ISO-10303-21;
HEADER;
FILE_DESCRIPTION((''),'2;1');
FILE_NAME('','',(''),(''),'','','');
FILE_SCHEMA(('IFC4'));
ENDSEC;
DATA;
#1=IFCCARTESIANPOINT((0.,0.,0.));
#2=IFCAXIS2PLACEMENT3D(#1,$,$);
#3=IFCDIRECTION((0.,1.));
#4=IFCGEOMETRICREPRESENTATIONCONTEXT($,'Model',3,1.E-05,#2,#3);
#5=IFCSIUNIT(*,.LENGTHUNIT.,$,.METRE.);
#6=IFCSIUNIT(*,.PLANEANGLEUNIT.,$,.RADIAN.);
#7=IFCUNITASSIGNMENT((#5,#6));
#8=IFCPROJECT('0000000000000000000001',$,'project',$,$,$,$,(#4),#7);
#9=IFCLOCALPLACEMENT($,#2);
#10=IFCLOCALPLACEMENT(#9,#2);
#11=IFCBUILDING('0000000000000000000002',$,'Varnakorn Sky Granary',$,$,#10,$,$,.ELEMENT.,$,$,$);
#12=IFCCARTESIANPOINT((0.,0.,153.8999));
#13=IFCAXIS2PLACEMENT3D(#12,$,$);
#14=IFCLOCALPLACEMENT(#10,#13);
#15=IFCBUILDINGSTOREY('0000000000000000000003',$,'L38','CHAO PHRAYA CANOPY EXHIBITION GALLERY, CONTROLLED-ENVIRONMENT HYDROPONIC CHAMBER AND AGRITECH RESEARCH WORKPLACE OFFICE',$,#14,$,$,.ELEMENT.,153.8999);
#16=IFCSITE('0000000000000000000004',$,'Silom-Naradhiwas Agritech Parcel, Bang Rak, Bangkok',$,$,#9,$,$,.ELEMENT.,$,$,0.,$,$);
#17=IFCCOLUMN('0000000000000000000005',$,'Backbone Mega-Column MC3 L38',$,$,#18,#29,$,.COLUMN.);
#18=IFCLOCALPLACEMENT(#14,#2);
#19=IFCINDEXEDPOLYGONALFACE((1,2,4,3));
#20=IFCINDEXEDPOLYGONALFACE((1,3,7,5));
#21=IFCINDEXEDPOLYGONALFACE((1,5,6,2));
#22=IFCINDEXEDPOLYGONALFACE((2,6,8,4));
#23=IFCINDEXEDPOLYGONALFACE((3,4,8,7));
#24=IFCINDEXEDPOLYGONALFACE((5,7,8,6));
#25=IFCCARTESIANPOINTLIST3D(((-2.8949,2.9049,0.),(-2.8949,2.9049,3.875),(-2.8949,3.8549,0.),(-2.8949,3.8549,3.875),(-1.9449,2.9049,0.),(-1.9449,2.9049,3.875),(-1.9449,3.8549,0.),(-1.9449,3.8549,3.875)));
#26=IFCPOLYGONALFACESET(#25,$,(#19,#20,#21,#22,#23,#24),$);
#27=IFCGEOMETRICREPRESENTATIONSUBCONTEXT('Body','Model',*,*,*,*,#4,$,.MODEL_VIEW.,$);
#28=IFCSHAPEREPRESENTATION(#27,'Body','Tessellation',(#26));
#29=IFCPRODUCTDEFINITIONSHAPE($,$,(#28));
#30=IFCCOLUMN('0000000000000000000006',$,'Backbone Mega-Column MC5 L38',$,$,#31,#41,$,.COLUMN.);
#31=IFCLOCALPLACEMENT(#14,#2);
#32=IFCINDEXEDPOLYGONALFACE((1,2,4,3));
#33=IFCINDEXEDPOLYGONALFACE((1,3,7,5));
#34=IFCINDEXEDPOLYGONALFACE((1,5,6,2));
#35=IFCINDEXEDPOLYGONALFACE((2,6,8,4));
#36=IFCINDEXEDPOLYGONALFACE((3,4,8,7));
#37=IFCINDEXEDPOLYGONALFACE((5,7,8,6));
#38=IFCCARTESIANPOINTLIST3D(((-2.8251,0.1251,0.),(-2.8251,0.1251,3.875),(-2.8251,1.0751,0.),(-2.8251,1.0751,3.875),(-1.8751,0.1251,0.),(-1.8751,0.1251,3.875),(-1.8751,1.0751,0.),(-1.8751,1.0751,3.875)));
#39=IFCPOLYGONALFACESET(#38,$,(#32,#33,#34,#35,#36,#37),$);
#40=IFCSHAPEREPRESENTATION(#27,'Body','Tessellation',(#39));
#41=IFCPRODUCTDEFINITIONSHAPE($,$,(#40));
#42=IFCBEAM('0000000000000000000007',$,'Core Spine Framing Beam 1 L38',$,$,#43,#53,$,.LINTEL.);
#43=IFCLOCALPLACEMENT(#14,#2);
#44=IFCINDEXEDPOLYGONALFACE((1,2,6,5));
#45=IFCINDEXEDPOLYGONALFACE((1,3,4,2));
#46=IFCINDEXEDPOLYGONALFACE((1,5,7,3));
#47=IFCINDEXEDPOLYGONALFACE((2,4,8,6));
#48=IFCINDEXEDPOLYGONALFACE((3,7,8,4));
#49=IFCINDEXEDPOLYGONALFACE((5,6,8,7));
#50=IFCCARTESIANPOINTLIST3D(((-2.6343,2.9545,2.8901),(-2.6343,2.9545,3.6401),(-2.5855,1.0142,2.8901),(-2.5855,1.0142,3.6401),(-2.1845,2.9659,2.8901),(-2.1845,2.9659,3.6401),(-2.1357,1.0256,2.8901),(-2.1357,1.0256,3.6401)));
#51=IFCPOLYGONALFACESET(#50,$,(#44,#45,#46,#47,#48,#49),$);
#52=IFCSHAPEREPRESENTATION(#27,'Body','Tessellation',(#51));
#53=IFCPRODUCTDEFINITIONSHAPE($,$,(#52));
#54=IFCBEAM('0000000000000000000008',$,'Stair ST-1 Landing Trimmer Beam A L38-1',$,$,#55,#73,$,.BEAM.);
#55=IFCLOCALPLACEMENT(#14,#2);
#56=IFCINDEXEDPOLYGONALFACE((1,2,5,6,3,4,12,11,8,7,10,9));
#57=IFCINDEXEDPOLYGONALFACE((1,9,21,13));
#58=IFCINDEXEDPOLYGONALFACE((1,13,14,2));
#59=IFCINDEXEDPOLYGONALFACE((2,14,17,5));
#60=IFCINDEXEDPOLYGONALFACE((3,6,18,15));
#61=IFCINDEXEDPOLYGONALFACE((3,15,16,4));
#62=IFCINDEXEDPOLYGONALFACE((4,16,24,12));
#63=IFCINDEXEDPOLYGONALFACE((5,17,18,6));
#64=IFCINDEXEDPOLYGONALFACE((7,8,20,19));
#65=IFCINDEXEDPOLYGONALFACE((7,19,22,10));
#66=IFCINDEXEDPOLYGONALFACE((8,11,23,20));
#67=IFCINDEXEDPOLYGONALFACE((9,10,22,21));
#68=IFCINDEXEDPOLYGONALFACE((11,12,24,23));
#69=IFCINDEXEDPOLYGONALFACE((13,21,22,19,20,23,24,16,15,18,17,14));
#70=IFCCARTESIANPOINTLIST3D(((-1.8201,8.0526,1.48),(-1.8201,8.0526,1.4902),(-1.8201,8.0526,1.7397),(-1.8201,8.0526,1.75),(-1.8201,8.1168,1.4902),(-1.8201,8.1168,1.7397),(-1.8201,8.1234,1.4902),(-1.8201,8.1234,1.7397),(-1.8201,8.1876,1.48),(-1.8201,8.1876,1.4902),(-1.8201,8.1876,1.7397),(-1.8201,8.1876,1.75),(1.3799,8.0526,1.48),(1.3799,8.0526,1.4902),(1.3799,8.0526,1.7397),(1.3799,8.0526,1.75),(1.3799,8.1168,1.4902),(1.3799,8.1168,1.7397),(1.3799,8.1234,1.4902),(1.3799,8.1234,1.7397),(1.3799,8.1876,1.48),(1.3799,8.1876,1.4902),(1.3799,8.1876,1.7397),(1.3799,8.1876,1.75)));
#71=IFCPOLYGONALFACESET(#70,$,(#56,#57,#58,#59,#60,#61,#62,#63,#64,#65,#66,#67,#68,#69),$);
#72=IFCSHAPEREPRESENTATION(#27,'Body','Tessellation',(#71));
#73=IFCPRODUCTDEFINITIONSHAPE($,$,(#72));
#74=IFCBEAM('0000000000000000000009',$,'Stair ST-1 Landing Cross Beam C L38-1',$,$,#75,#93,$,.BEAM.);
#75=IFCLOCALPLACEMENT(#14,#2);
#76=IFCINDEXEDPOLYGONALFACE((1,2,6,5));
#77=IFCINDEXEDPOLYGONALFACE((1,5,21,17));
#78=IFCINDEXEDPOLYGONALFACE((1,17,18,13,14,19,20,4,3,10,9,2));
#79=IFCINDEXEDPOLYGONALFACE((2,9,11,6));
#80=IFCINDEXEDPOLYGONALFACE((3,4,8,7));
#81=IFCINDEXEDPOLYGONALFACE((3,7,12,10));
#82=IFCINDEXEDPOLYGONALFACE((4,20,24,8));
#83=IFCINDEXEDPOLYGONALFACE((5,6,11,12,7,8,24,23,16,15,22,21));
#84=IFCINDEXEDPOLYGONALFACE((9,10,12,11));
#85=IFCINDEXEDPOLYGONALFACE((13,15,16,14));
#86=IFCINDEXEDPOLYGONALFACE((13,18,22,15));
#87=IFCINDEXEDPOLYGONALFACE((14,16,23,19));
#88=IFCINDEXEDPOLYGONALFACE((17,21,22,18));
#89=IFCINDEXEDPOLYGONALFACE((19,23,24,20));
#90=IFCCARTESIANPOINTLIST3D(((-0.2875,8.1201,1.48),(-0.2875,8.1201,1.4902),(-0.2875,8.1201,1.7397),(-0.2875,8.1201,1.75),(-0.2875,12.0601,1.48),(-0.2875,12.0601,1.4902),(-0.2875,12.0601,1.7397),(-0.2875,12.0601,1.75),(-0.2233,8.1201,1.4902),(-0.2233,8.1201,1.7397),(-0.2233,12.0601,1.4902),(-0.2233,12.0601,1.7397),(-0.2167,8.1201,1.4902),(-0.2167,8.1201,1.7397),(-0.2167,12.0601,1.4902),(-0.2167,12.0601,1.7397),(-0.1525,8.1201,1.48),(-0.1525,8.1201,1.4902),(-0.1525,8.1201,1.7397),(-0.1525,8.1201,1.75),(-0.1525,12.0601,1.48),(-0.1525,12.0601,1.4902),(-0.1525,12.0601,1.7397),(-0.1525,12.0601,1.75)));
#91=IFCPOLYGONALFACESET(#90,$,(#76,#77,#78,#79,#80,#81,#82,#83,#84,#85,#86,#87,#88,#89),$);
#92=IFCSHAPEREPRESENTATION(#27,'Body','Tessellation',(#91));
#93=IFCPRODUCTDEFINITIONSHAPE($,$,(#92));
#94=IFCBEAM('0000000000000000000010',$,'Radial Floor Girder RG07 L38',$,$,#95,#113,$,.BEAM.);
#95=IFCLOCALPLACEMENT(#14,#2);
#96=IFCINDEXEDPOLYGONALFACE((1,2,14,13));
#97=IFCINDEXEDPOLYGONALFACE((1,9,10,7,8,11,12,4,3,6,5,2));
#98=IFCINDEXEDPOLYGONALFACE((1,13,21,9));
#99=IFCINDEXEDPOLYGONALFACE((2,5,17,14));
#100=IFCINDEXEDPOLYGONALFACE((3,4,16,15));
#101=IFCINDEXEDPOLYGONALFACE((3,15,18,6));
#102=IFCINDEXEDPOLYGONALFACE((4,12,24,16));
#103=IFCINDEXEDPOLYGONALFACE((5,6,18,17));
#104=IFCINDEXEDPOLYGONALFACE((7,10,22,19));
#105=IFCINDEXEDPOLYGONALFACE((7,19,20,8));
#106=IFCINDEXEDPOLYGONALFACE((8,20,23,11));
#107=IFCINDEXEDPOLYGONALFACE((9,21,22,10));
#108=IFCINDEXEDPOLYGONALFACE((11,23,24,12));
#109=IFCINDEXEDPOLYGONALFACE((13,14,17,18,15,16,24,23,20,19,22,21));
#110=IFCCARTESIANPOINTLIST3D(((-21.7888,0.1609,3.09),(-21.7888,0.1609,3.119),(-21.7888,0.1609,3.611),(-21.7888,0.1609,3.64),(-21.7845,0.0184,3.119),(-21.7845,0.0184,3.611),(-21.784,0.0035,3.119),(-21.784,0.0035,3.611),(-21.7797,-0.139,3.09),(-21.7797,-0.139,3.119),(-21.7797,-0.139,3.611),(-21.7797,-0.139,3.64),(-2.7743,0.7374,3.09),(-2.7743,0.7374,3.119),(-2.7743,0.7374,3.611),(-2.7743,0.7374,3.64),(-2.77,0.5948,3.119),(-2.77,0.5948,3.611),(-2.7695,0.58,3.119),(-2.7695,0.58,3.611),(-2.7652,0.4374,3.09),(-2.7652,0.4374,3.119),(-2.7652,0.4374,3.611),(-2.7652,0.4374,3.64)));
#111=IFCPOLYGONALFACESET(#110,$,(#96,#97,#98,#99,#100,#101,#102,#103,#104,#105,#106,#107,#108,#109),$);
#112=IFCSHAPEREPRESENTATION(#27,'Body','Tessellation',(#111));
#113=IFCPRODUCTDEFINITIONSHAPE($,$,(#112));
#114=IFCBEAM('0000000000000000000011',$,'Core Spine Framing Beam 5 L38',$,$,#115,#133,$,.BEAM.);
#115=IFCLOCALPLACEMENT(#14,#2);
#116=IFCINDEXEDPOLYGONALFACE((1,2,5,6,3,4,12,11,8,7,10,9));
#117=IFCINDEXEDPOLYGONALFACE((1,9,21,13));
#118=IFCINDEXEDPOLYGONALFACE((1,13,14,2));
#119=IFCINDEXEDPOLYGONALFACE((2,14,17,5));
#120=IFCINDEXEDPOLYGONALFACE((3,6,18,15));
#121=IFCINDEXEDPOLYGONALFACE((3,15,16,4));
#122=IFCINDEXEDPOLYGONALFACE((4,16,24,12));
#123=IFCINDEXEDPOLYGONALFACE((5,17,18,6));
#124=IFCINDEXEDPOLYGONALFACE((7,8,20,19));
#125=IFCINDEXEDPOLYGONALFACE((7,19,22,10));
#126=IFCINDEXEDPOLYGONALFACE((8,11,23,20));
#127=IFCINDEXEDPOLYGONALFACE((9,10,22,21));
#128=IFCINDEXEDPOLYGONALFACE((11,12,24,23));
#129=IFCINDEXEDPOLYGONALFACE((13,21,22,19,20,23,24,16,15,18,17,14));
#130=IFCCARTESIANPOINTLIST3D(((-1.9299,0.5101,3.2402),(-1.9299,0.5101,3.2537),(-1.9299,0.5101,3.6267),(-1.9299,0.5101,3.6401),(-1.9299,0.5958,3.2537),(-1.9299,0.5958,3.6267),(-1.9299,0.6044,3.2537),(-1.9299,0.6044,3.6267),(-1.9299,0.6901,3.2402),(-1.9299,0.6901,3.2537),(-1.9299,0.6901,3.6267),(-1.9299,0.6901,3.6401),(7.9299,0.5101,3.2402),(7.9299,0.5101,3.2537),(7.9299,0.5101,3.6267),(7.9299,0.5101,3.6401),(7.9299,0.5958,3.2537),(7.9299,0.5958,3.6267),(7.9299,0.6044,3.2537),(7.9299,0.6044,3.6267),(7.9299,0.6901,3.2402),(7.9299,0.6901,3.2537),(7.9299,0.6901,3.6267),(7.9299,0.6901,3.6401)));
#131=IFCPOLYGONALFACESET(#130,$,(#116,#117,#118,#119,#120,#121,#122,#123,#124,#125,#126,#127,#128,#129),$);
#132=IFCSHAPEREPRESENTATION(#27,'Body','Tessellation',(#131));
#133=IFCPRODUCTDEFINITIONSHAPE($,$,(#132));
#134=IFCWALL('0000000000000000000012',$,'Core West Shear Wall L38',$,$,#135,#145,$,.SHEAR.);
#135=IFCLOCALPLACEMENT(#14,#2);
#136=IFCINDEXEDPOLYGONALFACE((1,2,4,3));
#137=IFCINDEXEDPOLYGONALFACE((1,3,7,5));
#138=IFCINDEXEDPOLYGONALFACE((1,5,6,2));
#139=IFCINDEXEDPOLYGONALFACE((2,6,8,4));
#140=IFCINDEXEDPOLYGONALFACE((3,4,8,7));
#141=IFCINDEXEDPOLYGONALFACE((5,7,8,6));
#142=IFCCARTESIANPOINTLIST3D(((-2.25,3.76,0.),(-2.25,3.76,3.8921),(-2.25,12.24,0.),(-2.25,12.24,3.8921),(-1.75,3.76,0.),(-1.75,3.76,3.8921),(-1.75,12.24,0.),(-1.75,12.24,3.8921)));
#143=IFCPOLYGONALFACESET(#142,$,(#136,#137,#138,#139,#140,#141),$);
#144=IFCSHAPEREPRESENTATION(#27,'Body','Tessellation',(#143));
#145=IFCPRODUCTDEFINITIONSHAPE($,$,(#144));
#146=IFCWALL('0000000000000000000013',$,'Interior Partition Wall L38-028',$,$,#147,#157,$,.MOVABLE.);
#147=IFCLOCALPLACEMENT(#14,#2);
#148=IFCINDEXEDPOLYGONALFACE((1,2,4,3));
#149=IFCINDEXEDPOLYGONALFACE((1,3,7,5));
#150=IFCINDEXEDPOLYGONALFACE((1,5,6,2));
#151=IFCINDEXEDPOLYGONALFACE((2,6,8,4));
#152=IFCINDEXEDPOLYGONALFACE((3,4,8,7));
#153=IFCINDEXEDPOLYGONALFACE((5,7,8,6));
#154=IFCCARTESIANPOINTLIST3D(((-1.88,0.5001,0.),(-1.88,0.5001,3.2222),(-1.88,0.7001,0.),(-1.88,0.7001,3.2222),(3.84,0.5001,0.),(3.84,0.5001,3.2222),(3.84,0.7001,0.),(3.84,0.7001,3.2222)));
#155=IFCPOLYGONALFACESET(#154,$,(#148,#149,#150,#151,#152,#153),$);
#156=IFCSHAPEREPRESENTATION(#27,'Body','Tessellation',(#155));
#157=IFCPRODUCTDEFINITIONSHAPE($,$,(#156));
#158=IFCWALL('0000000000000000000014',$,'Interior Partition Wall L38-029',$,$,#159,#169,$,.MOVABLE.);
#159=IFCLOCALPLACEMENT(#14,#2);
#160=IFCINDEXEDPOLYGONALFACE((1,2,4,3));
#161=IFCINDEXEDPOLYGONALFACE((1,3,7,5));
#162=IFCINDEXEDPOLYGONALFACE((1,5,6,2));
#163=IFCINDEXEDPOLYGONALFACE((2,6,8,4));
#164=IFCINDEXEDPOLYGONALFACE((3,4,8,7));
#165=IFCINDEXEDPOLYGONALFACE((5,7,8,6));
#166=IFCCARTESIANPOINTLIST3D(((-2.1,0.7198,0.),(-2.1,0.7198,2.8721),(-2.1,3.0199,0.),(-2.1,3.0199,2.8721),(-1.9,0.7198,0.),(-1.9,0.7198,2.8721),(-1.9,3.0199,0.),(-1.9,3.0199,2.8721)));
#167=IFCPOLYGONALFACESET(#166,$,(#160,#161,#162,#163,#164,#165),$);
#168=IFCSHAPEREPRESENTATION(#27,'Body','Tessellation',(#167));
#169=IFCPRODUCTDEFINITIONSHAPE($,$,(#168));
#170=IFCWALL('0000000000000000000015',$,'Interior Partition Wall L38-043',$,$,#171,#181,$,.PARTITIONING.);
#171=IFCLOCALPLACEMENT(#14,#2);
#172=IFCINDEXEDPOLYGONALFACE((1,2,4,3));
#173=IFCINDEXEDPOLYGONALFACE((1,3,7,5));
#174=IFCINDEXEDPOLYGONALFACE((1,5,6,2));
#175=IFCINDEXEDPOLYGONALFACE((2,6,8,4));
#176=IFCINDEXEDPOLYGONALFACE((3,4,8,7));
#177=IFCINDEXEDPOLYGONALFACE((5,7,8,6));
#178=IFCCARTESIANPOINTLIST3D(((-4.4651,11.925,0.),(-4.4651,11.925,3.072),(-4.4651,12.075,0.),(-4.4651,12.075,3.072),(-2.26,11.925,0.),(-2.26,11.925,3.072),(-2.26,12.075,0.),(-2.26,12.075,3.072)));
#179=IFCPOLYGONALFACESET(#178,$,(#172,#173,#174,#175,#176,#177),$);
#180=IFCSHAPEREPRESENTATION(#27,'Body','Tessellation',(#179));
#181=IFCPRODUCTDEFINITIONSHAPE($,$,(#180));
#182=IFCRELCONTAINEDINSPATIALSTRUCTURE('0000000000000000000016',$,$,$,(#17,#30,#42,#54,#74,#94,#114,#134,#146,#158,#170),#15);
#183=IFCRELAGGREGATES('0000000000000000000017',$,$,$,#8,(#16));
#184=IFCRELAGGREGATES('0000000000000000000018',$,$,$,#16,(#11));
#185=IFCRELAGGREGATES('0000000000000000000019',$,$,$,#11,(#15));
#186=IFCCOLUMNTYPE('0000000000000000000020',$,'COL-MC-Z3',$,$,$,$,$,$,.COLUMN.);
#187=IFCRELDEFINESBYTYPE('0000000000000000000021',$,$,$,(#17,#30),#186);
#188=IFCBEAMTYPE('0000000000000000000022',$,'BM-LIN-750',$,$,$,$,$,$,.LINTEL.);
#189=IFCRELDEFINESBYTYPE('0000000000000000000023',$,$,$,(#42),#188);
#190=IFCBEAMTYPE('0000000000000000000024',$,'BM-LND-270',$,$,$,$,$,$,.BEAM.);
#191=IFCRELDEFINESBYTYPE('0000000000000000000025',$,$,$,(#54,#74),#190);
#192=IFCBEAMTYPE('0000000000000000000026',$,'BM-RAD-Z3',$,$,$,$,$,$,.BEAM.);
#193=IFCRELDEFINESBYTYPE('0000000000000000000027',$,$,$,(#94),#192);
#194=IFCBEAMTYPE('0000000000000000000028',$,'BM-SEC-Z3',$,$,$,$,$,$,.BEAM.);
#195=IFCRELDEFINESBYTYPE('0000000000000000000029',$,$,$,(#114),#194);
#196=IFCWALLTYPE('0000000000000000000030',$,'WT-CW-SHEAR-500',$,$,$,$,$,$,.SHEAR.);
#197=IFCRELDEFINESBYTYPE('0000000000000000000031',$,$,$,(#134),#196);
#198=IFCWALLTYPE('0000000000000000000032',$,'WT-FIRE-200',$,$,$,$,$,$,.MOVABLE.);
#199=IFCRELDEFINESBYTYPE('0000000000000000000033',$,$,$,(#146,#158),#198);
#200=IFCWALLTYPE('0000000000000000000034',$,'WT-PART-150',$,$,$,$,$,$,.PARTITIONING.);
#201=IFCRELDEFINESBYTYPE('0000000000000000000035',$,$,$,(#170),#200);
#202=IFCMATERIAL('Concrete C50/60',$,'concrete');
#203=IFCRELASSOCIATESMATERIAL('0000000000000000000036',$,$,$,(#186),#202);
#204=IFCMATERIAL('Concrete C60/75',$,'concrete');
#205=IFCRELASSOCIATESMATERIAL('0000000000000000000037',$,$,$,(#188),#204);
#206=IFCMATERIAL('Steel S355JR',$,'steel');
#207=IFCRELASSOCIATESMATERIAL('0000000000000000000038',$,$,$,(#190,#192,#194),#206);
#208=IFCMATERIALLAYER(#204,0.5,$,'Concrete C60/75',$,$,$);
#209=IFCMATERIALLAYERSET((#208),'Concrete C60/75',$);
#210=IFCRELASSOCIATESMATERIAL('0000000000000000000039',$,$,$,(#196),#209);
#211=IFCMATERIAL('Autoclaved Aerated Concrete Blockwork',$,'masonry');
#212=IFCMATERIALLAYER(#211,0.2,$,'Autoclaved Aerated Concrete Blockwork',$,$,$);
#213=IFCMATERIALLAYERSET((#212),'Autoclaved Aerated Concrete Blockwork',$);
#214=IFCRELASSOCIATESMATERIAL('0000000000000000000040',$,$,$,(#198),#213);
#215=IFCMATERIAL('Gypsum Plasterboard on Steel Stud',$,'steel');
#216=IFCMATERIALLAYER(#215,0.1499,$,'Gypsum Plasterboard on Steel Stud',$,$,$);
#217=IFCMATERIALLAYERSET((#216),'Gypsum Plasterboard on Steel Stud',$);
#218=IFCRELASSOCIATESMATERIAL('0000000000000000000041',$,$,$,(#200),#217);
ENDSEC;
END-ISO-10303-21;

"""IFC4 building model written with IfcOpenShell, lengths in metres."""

from ifc_helpers import new_model, si_unit, direction, frame, frame_2d, origin, origin_2d, place, context, subcontext, project, spatial, rectangle, i_section, extrude, material, layer, layer_set, material_profile, profile_set, type_object, element, save


model = new_model("IFC4")

# Units and contexts
model_context = context("Model", 3, precision=1e-05, world=origin(), true_north=direction((0.0, 1.0)))
body_context = subcontext(model_context, "Body", "Model", "MODEL_VIEW")
ifc_project = project(units=[si_unit("LENGTHUNIT", "METRE"), si_unit("PLANEANGLEUNIT", "RADIAN")], contexts=[model_context])

# Site, building, storey
site_placement = place(None, origin())
site = spatial("IfcSite", under=ifc_project, at=site_placement, Name="Silom-Naradhiwas Agritech Parcel, Bang Rak, Bangkok", CompositionType="ELEMENT", RefElevation=0.0)
building_placement = place(site_placement, origin())
building = spatial("IfcBuilding", under=site, at=building_placement, Name="Varnakorn Sky Granary", CompositionType="ELEMENT")
storey_placement = place(building_placement, frame((0.0, 0.0, 153.8999)))
storey = spatial("IfcBuildingStorey", under=building, at=storey_placement, Name="L38", Description="CHAO PHRAYA CANOPY EXHIBITION GALLERY, CONTROLLED-ENVIRONMENT HYDROPONIC CHAMBER AND AGRITECH RESEARCH WORKPLACE OFFICE", CompositionType="ELEMENT", Elevation=153.8999)

# Columns
ifc_material_1 = material(Name="Concrete C50/60", Category="concrete")
ifc_material_profile_1 = material_profile(ifc_material_1, rectangle(XDim=0.95, YDim=0.95, at=origin_2d()), Name="RC 950x950")
ifc_profile_set_1 = profile_set([ifc_material_profile_1], Name="Concrete C50/60")
column_type = type_object("IfcColumnType", Name="COL-MC-Z3", PredefinedType="COLUMN", material=ifc_profile_set_1)
for number, where, z_axis, x_axis, name in (
    (1, (-2.4199, 3.3799, 0.0), (0.0, 0.0, 1.0), (1.0, 0.0, 0.0), "Backbone Mega-Column MC3 L38"),
    (2, (-2.3501, 0.6001, 0.0), (0.0, 0.0, 1.0), (1.0, 0.0, 0.0), "Backbone Mega-Column MC5 L38"),
):
    element("IfcColumn", number, at=place(storey_placement, frame(where, z_axis=z_axis, x_axis=x_axis)), inside=storey, type_object=column_type, Name=name, PredefinedType="COLUMN", context=body_context, shape_type="SweptSolid", body=[
        extrude(rectangle(XDim=0.95, YDim=0.95, at=origin_2d()), origin(), (0.0, 0.0, 1.0), 3.875),
    ])

# Beams
ifc_material_2 = material(Name="Concrete C60/75", Category="concrete")
ifc_material_profile_2 = material_profile(ifc_material_2, rectangle(XDim=0.45, YDim=0.75, at=origin_2d()), Name="RC 450x750")
ifc_profile_set_2 = profile_set([ifc_material_profile_2], Name="Concrete C60/75")
beam_type_1 = type_object("IfcBeamType", Name="BM-LIN-750", PredefinedType="LINTEL", material=ifc_profile_set_2)
beam_1_placement = place(storey_placement, frame((-2.4094, 2.9602, 3.2651), z_axis=(0.025159, -0.999683, 0.0), x_axis=(0.999683, 0.025159, 0.0)))
element("IfcBeam", 3, at=beam_1_placement, inside=storey, type_object=beam_type_1, Name="Core Spine Framing Beam 1 L38", PredefinedType="LINTEL", context=body_context, shape_type="SweptSolid", body=[
    extrude(rectangle(XDim=0.45, YDim=0.75, at=origin_2d()), origin(), (0.0, 0.0, 1.0), 1.9409),
])
ifc_material_3 = material(Name="Steel S355JR", Category="steel")
ifc_material_profile_3 = material_profile(ifc_material_3, i_section(OverallWidth=0.135, OverallDepth=0.27, WebThickness=0.0066, FlangeThickness=0.0103, at=origin_2d()), Name="IPE 270")
ifc_profile_set_3 = profile_set([ifc_material_profile_3], Name="Steel S355JR")
beam_type_2 = type_object("IfcBeamType", Name="BM-LND-270", PredefinedType="BEAM", material=ifc_profile_set_3)
beam_2_placement = place(storey_placement, frame((-1.8201, 8.1201, 1.615), z_axis=(1.0, 0.0, 0.0), x_axis=(0.0, 1.0, 0.0)))
element("IfcBeam", 4, at=beam_2_placement, inside=storey, type_object=beam_type_2, Name="Stair ST-1 Landing Trimmer Beam A L38-1", PredefinedType="BEAM", context=body_context, shape_type="SweptSolid", body=[
    extrude(i_section(OverallWidth=0.135, OverallDepth=0.27, WebThickness=0.0066, FlangeThickness=0.0103, at=origin_2d()), origin(), (0.0, 0.0, 1.0), 3.2),
])
beam_3_placement = place(storey_placement, frame((-0.22, 8.1201, 1.615), z_axis=(0.0, 1.0, 0.0), x_axis=(-1.0, 0.0, 0.0)))
element("IfcBeam", 5, at=beam_3_placement, inside=storey, type_object=beam_type_2, Name="Stair ST-1 Landing Cross Beam C L38-1", PredefinedType="BEAM", context=body_context, shape_type="SweptSolid", body=[
    extrude(i_section(OverallWidth=0.135, OverallDepth=0.27, WebThickness=0.0066, FlangeThickness=0.0103, at=origin_2d()), origin(), (0.0, 0.0, 1.0), 3.9399),
])
ifc_material_profile_4 = material_profile(ifc_material_3, i_section(OverallWidth=0.3, OverallDepth=0.55, WebThickness=0.0149, FlangeThickness=0.0291, at=origin_2d()), Name="HE 550 B")
ifc_profile_set_4 = profile_set([ifc_material_profile_4], Name="Steel S355JR")
beam_type_3 = type_object("IfcBeamType", Name="BM-RAD-Z3", PredefinedType="BEAM", material=ifc_profile_set_4)
beam_4_placement = place(storey_placement, frame((-2.7698, 0.5874, 3.365), z_axis=(-0.999541, -0.030301, 0.0), x_axis=(0.030301, -0.999541, 0.0)))
element("IfcBeam", 6, at=beam_4_placement, inside=storey, type_object=beam_type_3, Name="Radial Floor Girder RG07 L38", PredefinedType="BEAM", context=body_context, shape_type="SweptSolid", body=[
    extrude(i_section(OverallWidth=0.3, OverallDepth=0.55, WebThickness=0.0149, FlangeThickness=0.0291, at=origin_2d()), origin(), (0.0, 0.0, 1.0), 19.0232),
])
ifc_material_profile_5 = material_profile(ifc_material_3, i_section(OverallWidth=0.1799, OverallDepth=0.3999, WebThickness=0.0085, FlangeThickness=0.0134, at=origin_2d()), Name="IPE 400")
ifc_profile_set_5 = profile_set([ifc_material_profile_5], Name="Steel S355JR")
beam_type_4 = type_object("IfcBeamType", Name="BM-SEC-Z3", PredefinedType="BEAM", material=ifc_profile_set_5)
beam_5_placement = place(storey_placement, frame((-1.9299, 0.6001, 3.4402), z_axis=(1.0, 0.0, 0.0), x_axis=(0.0, 1.0, 0.0)))
element("IfcBeam", 7, at=beam_5_placement, inside=storey, type_object=beam_type_4, Name="Core Spine Framing Beam 5 L38", PredefinedType="BEAM", context=body_context, shape_type="SweptSolid", body=[
    extrude(i_section(OverallWidth=0.1799, OverallDepth=0.3999, WebThickness=0.0085, FlangeThickness=0.0134, at=origin_2d()), origin(), (0.0, 0.0, 1.0), 9.8599),
])

# Shared definitions
ifc_layer_1 = layer(ifc_material_2, 0.5, Name="Concrete C60/75")
ifc_layer_set_1 = layer_set([ifc_layer_1], Name="Concrete C60/75")
wall_type_1 = type_object("IfcWallType", Name="WT-CW-SHEAR-500", PredefinedType="SHEAR", material=ifc_layer_set_1)

# Walls
wall_1_placement = place(storey_placement, frame((-2.0, 3.76, 0.0), z_axis=(0.0, 0.0, 1.0), x_axis=(0.0, 1.0, 0.0)))
element("IfcWall", 8, at=wall_1_placement, inside=storey, type_object=wall_type_1, Name="Core West Shear Wall L38", PredefinedType="SHEAR", context=body_context, shape_type="SweptSolid", body=[
    extrude(rectangle(XDim=8.48, YDim=0.5, at=frame_2d((4.24, 0.0))), origin(), (0.0, 0.0, 1.0), 3.8921),
])
ifc_material_4 = material(Name="Autoclaved Aerated Concrete Blockwork", Category="masonry")
ifc_layer_2 = layer(ifc_material_4, 0.2, Name="Autoclaved Aerated Concrete Blockwork")
ifc_layer_set_2 = layer_set([ifc_layer_2], Name="Autoclaved Aerated Concrete Blockwork")
wall_type_2 = type_object("IfcWallType", Name="WT-FIRE-200", PredefinedType="MOVABLE", material=ifc_layer_set_2)
wall_2_placement = place(storey_placement, frame((-1.8799, 0.6001, 0.0), z_axis=(0.0, 0.0, 1.0), x_axis=(1.0, 0.0, 0.0)))
element("IfcWall", 9, at=wall_2_placement, inside=storey, type_object=wall_type_2, Name="Interior Partition Wall L38-028", PredefinedType="MOVABLE", context=body_context, shape_type="SweptSolid", body=[
    extrude(rectangle(XDim=5.72, YDim=0.2, at=frame_2d((2.8599, 0.0))), origin(), (0.0, 0.0, 1.0), 3.2222),
])
wall_3_placement = place(storey_placement, frame((-2.0, 0.72, 0.0), z_axis=(0.0, 0.0, 1.0), x_axis=(0.0, 1.0, 0.0)))
element("IfcWall", 10, at=wall_3_placement, inside=storey, type_object=wall_type_2, Name="Interior Partition Wall L38-029", PredefinedType="MOVABLE", context=body_context, shape_type="SweptSolid", body=[
    extrude(rectangle(XDim=2.3, YDim=0.2, at=frame_2d((1.1499, 0.0))), origin(), (0.0, 0.0, 1.0), 2.8721),
])
ifc_material_5 = material(Name="Gypsum Plasterboard on Steel Stud", Category="steel")
ifc_layer_3 = layer(ifc_material_5, 0.1499, Name="Gypsum Plasterboard on Steel Stud")
ifc_layer_set_3 = layer_set([ifc_layer_3], Name="Gypsum Plasterboard on Steel Stud")
wall_type_3 = type_object("IfcWallType", Name="WT-PART-150", PredefinedType="PARTITIONING", material=ifc_layer_set_3)
wall_4_placement = place(storey_placement, frame((-4.4651, 12.0, 0.0), z_axis=(0.0, 0.0, 1.0), x_axis=(1.0, 0.0, 0.0)))
element("IfcWall", 11, at=wall_4_placement, inside=storey, type_object=wall_type_3, Name="Interior Partition Wall L38-043", PredefinedType="PARTITIONING", context=body_context, shape_type="SweptSolid", body=[
    extrude(rectangle(XDim=2.2051, YDim=0.1499, at=frame_2d((1.1025, 0.0))), origin(), (0.0, 0.0, 1.0), 3.072),
])

save(model, "model.ifc")
